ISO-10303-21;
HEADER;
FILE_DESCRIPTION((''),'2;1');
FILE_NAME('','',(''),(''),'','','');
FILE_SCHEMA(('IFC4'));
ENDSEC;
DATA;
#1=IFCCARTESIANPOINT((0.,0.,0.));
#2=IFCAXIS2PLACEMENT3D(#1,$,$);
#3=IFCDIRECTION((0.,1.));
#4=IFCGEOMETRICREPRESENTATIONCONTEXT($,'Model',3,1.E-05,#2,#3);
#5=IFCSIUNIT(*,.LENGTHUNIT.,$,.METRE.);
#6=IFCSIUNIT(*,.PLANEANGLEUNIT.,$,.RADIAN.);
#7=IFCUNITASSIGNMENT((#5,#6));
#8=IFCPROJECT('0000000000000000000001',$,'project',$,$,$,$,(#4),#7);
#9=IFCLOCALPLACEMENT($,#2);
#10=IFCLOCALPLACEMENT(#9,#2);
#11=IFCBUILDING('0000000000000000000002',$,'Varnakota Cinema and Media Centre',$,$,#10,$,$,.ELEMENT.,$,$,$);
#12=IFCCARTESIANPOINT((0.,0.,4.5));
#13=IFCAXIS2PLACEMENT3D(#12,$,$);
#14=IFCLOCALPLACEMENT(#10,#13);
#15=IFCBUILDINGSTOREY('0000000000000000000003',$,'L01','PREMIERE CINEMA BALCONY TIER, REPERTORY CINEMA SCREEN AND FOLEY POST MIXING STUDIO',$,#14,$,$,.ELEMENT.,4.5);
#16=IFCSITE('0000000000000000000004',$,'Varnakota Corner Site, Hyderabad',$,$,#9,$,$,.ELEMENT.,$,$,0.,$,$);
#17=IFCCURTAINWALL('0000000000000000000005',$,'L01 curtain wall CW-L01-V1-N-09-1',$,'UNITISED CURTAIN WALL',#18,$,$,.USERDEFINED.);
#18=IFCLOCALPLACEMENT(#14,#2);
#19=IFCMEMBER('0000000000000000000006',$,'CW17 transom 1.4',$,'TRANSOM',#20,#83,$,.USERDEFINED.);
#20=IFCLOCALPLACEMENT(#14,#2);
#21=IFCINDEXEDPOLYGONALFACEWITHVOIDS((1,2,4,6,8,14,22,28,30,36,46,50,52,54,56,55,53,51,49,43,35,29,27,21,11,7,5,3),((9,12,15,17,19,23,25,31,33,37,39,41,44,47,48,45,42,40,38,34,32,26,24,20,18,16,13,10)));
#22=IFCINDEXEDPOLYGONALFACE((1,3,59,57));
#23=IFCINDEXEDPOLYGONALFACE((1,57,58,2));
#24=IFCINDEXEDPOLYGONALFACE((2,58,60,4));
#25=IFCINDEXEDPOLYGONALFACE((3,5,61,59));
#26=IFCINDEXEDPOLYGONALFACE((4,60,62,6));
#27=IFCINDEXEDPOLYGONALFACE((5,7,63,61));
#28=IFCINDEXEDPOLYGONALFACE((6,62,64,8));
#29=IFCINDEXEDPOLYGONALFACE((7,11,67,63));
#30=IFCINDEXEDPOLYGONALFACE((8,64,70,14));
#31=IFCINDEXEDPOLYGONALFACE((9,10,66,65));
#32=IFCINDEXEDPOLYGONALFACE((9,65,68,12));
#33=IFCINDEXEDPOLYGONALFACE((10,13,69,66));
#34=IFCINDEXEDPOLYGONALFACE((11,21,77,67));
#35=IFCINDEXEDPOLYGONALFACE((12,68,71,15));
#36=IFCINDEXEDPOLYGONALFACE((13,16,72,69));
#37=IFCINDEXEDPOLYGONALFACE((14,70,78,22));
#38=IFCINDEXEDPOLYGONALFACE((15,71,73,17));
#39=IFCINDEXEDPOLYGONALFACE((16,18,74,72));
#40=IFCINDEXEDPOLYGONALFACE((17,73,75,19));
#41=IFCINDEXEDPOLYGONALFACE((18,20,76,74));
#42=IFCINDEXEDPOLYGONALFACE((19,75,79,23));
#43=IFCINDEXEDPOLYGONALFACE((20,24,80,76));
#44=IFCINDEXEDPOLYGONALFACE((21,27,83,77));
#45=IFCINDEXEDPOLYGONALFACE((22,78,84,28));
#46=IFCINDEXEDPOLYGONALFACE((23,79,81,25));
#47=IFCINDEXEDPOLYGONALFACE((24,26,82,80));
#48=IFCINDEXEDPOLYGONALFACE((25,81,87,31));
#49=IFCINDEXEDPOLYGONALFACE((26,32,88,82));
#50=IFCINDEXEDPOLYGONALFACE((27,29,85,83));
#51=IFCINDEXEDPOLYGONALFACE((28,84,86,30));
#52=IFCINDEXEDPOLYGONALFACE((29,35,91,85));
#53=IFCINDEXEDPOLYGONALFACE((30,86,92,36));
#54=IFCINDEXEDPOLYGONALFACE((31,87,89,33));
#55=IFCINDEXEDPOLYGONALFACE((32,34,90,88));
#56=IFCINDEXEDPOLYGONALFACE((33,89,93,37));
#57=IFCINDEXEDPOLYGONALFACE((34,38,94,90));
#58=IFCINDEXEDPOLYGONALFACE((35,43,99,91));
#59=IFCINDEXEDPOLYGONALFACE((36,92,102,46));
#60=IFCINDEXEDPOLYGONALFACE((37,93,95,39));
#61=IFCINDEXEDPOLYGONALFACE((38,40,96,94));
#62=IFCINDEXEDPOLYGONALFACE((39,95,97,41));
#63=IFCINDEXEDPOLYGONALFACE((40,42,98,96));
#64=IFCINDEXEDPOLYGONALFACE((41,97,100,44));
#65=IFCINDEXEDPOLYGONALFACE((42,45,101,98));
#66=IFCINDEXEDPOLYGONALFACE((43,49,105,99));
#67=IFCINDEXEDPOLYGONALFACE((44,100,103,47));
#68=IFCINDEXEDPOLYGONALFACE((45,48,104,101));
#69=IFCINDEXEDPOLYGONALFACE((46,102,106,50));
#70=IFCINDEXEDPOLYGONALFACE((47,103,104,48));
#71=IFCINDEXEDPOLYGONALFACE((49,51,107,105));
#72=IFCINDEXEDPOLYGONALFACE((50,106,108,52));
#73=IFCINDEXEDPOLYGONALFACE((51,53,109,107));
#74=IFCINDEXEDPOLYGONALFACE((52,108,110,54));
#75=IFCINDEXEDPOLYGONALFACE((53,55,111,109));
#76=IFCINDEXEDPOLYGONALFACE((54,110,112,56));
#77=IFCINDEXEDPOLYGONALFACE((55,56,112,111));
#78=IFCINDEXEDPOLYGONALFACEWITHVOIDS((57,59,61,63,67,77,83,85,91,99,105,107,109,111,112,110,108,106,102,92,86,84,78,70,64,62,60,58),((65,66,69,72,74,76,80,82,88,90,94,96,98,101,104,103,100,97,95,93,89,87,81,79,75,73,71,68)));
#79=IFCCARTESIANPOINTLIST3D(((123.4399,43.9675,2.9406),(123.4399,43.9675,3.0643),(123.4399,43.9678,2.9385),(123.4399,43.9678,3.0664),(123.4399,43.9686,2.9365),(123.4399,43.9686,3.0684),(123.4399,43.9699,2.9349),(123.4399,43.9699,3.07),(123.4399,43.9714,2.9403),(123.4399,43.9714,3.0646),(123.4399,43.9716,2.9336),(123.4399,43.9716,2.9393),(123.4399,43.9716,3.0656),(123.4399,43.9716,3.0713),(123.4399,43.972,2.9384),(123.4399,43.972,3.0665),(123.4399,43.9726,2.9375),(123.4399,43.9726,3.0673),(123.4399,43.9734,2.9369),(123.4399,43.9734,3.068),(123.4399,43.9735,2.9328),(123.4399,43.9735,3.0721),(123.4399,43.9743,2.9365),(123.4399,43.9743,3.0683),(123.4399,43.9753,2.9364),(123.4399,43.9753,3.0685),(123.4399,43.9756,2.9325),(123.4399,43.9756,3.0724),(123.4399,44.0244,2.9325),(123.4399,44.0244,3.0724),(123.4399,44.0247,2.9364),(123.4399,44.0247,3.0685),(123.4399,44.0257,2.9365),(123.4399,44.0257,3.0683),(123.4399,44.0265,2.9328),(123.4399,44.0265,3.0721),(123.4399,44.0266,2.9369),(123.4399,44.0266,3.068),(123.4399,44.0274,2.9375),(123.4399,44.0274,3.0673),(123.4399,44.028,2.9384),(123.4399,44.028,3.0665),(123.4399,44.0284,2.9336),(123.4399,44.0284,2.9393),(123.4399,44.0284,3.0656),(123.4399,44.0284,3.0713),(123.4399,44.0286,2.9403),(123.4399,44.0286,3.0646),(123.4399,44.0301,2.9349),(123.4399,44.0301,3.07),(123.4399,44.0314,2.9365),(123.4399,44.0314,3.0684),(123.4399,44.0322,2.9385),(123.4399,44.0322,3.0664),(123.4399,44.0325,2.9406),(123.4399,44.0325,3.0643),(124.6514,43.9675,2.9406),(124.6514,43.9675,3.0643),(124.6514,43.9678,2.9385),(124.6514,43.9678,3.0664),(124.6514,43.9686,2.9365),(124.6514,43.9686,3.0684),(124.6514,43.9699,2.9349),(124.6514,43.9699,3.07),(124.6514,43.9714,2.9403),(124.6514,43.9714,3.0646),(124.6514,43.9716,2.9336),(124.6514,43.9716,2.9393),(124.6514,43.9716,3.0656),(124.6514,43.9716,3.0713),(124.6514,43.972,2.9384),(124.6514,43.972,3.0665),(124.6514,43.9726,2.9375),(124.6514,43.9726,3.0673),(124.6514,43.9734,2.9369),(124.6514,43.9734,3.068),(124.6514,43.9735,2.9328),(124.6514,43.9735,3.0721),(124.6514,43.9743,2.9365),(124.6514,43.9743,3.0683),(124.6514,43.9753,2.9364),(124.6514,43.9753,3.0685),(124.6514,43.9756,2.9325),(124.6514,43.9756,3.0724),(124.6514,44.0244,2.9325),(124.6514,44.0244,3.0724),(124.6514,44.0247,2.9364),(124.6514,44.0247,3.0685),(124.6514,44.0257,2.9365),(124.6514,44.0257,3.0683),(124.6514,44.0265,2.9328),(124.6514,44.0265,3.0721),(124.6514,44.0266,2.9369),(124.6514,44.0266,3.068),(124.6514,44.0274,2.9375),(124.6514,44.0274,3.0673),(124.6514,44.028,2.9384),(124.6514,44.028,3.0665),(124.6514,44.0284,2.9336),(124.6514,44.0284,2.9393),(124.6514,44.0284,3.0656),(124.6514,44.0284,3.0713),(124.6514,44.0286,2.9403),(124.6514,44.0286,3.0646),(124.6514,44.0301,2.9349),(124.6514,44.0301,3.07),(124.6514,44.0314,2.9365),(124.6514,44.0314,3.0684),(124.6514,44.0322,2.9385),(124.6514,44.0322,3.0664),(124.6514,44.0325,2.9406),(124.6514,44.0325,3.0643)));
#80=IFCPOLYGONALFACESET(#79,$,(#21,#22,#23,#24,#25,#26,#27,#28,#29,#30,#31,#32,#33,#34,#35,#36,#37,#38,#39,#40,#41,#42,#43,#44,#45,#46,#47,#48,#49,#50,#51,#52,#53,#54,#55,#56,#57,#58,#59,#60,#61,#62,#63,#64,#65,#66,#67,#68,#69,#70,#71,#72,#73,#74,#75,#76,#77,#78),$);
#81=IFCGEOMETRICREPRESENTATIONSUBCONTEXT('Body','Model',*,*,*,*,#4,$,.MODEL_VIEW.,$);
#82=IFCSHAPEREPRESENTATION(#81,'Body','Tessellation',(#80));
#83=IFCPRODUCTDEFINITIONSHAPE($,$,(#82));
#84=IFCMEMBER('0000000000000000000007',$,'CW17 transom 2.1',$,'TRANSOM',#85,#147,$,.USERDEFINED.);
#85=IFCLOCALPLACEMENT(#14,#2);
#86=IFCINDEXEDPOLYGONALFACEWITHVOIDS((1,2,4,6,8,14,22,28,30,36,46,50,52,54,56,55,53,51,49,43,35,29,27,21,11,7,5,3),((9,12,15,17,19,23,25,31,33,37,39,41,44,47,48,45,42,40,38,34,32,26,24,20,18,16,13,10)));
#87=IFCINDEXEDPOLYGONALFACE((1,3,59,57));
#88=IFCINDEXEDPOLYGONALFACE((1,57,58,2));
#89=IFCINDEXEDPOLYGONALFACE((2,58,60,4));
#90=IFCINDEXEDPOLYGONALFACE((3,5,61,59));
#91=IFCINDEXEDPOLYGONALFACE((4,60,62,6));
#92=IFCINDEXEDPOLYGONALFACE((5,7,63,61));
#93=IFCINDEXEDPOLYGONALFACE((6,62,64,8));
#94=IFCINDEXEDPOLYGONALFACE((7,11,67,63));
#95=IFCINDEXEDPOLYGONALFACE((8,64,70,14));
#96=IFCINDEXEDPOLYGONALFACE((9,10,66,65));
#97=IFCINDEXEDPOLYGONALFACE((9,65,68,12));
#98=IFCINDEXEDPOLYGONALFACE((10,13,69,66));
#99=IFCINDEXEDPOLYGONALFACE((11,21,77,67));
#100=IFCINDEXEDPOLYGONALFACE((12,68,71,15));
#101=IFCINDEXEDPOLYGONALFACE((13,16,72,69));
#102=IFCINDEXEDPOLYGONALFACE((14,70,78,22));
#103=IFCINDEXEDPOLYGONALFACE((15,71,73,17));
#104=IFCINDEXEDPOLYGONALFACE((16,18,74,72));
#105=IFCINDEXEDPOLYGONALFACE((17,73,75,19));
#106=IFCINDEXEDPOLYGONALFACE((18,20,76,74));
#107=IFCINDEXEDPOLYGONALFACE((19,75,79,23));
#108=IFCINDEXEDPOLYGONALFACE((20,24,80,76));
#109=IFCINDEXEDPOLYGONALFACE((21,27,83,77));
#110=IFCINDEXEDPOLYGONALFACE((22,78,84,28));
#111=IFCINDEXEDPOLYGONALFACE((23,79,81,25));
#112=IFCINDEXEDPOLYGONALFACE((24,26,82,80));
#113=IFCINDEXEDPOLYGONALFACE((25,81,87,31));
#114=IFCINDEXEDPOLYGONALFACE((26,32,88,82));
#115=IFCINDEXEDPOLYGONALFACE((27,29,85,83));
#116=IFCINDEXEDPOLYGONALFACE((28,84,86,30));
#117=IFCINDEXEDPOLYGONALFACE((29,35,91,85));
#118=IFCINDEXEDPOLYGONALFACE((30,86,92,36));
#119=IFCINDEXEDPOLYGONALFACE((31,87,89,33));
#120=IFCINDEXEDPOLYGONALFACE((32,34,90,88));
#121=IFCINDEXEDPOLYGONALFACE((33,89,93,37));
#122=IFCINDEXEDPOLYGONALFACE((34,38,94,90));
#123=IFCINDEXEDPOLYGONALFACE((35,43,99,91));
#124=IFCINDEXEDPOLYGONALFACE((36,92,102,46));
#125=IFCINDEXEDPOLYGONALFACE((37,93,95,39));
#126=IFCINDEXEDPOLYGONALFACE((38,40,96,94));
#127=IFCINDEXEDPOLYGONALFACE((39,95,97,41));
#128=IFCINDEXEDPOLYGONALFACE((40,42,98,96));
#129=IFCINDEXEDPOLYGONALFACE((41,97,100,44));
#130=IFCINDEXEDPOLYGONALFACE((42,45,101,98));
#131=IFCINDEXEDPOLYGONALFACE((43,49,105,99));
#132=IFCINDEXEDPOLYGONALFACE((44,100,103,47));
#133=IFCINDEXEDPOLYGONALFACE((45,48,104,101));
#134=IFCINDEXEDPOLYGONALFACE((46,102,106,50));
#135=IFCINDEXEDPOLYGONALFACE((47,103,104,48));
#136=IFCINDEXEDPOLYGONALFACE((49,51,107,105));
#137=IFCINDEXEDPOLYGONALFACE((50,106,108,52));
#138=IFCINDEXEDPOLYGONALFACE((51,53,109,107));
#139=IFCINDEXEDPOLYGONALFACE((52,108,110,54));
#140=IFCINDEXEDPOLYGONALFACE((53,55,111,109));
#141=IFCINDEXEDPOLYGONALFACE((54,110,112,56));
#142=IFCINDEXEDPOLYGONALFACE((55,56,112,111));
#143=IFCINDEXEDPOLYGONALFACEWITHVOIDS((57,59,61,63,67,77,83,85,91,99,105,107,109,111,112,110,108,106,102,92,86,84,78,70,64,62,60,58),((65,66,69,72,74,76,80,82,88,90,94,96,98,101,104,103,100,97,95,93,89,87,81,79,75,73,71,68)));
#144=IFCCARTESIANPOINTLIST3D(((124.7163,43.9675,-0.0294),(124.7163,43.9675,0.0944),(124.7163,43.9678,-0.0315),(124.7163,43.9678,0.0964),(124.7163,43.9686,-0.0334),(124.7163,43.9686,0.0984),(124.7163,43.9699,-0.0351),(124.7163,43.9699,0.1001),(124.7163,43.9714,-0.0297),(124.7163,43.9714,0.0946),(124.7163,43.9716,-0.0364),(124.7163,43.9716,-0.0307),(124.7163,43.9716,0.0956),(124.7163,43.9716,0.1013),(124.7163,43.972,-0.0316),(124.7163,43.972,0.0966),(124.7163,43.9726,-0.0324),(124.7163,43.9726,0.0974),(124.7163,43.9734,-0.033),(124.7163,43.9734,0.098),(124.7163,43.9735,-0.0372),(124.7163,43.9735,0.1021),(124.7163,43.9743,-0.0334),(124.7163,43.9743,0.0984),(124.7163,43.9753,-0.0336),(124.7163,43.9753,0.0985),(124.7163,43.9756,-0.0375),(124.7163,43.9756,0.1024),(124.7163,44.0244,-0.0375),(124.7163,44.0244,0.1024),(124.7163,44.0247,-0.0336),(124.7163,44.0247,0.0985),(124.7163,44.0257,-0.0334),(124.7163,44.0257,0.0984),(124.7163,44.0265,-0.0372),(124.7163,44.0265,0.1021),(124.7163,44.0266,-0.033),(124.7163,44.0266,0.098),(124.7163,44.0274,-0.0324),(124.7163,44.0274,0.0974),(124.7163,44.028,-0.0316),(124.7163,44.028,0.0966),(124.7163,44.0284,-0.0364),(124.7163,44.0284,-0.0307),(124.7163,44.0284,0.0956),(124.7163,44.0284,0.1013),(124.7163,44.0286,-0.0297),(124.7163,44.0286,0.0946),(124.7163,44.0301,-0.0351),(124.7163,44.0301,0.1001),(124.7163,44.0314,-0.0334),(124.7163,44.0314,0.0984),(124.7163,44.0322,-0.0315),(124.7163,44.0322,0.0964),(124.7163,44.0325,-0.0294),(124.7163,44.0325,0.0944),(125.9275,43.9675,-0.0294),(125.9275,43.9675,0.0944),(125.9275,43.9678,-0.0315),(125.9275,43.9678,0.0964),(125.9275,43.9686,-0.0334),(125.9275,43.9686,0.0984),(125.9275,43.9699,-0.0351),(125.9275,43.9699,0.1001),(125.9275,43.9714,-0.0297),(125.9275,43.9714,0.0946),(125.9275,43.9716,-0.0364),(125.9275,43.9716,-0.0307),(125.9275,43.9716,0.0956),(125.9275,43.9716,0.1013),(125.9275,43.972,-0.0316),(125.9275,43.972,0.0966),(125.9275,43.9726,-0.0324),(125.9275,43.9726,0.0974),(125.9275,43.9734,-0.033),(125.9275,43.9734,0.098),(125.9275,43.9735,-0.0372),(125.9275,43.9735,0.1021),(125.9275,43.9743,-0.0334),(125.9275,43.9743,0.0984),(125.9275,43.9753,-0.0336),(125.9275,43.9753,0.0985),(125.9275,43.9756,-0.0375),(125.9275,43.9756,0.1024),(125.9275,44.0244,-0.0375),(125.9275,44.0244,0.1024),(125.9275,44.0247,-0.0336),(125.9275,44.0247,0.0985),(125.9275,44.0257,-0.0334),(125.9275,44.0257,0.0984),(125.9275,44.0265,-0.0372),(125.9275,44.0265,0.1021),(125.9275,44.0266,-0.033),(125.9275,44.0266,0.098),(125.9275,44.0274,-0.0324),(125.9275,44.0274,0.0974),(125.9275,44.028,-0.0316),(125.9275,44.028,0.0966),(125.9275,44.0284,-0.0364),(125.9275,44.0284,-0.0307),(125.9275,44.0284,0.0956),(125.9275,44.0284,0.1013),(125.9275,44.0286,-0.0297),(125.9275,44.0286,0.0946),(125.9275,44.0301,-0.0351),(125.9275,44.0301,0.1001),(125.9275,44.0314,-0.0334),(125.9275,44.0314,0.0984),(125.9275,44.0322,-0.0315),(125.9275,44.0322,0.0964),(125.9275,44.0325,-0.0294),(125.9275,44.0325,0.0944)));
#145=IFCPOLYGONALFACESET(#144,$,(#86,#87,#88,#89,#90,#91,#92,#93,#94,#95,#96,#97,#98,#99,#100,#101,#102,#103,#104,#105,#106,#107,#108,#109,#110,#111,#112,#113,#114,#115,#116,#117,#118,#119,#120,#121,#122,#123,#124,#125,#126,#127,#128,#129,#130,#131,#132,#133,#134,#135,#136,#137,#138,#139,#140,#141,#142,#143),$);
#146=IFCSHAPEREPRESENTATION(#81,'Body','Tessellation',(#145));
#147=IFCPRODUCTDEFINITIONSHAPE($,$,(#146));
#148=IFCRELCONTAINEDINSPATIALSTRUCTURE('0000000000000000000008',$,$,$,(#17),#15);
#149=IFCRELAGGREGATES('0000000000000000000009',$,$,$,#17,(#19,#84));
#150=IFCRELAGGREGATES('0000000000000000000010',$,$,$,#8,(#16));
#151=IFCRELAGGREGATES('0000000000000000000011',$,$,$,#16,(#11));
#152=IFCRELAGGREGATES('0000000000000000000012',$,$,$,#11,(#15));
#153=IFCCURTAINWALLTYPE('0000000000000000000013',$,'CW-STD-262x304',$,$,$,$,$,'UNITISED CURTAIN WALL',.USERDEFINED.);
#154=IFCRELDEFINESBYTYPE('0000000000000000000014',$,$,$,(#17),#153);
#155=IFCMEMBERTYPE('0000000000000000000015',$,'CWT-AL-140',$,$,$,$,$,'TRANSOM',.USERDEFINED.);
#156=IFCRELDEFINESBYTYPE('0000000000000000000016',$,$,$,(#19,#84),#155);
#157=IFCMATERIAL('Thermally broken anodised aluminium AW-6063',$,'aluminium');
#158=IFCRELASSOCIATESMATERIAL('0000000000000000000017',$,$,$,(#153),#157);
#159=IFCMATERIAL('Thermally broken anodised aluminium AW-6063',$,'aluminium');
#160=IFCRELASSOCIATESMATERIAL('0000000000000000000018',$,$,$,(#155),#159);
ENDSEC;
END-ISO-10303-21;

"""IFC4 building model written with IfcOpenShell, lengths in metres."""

from ifc_helpers import new_model, si_unit, direction, frame, origin, origin_2d, place, context, subcontext, project, spatial, hollow_rectangle, extrude, material, material_profile, profile_set, type_object, element, aggregate, save


model = new_model("IFC4")

# Units and contexts
model_context = context("Model", 3, precision=1e-05, world=origin(), true_north=direction((0.0, 1.0)))
body_context = subcontext(model_context, "Body", "Model", "MODEL_VIEW")
ifc_project = project(units=[si_unit("LENGTHUNIT", "METRE"), si_unit("PLANEANGLEUNIT", "RADIAN")], contexts=[model_context])

# Site, building, storey
site_placement = place(None, origin())
site = spatial("IfcSite", under=ifc_project, at=site_placement, Name="Varnakota Corner Site, Hyderabad", CompositionType="ELEMENT", RefElevation=0.0)
building_placement = place(site_placement, origin())
building = spatial("IfcBuilding", under=site, at=building_placement, Name="Varnakota Cinema and Media Centre", CompositionType="ELEMENT")
storey_placement = place(building_placement, frame((0.0, 0.0, 4.5)))
storey = spatial("IfcBuildingStorey", under=building, at=storey_placement, Name="L01", Description="PREMIERE CINEMA BALCONY TIER, REPERTORY CINEMA SCREEN AND FOLEY POST MIXING STUDIO", CompositionType="ELEMENT", Elevation=4.5)

# Curtain wall
ifc_material_1 = material(Name="Thermally broken anodised aluminium AW-6063", Category="aluminium")
curtain_wall_type = type_object("IfcCurtainWallType", Name="CW-STD-262x304", ElementType="UNITISED CURTAIN WALL", PredefinedType="USERDEFINED", material=ifc_material_1)
curtain_wall_1_placement = place(storey_placement, origin())
curtain_wall_1 = element("IfcCurtainWall", 1, at=curtain_wall_1_placement, inside=storey, type_object=curtain_wall_type, Name="L01 curtain wall CW-L01-V1-N-09-1", ObjectType="UNITISED CURTAIN WALL", PredefinedType="USERDEFINED")

# Members
ifc_material_2 = material(Name="Thermally broken anodised aluminium AW-6063", Category="aluminium")
ifc_material_profile_1 = material_profile(ifc_material_2, hollow_rectangle(XDim=0.0649, YDim=0.1399, WallThickness=0.0039, InnerFilletRadius=0.0039, OuterFilletRadius=0.0081, at=origin_2d()), Name="AL-TRANSOM 140x65x4")
ifc_profile_set_1 = profile_set([ifc_material_profile_1], Name="Thermally broken anodised aluminium AW-6063")
member_type_1 = type_object("IfcMemberType", Name="CWT-AL-140", ElementType="TRANSOM", PredefinedType="USERDEFINED", material=ifc_profile_set_1)
member_1_placement = place(storey_placement, frame((123.4399, 44.0, 3.0024), z_axis=(1.0, 0.0, 0.0), x_axis=(0.0, 1.0, 0.0)))
member_1 = element("IfcMember", 2, at=member_1_placement, type_object=member_type_1, Name="CW17 transom 1.4", ObjectType="TRANSOM", PredefinedType="USERDEFINED", context=body_context, shape_type="SweptSolid", body=[
    extrude(hollow_rectangle(XDim=0.0649, YDim=0.1399, WallThickness=0.0039, InnerFilletRadius=0.0039, OuterFilletRadius=0.0081, at=origin_2d()), origin(), (0.0, 0.0, 1.0), 1.2114),
])
member_2_placement = place(storey_placement, frame((124.7163, 44.0, 0.0325), z_axis=(1.0, 0.0, 0.0), x_axis=(0.0, 1.0, 0.0)))
member_2 = element("IfcMember", 3, at=member_2_placement, type_object=member_type_1, Name="CW17 transom 2.1", ObjectType="TRANSOM", PredefinedType="USERDEFINED", context=body_context, shape_type="SweptSolid", body=[
    extrude(hollow_rectangle(XDim=0.0649, YDim=0.1399, WallThickness=0.0039, InnerFilletRadius=0.0039, OuterFilletRadius=0.0081, at=origin_2d()), origin(), (0.0, 0.0, 1.0), 1.2112),
])

aggregate(curtain_wall_1, [member_1, member_2])

save(model, "model.ifc")
